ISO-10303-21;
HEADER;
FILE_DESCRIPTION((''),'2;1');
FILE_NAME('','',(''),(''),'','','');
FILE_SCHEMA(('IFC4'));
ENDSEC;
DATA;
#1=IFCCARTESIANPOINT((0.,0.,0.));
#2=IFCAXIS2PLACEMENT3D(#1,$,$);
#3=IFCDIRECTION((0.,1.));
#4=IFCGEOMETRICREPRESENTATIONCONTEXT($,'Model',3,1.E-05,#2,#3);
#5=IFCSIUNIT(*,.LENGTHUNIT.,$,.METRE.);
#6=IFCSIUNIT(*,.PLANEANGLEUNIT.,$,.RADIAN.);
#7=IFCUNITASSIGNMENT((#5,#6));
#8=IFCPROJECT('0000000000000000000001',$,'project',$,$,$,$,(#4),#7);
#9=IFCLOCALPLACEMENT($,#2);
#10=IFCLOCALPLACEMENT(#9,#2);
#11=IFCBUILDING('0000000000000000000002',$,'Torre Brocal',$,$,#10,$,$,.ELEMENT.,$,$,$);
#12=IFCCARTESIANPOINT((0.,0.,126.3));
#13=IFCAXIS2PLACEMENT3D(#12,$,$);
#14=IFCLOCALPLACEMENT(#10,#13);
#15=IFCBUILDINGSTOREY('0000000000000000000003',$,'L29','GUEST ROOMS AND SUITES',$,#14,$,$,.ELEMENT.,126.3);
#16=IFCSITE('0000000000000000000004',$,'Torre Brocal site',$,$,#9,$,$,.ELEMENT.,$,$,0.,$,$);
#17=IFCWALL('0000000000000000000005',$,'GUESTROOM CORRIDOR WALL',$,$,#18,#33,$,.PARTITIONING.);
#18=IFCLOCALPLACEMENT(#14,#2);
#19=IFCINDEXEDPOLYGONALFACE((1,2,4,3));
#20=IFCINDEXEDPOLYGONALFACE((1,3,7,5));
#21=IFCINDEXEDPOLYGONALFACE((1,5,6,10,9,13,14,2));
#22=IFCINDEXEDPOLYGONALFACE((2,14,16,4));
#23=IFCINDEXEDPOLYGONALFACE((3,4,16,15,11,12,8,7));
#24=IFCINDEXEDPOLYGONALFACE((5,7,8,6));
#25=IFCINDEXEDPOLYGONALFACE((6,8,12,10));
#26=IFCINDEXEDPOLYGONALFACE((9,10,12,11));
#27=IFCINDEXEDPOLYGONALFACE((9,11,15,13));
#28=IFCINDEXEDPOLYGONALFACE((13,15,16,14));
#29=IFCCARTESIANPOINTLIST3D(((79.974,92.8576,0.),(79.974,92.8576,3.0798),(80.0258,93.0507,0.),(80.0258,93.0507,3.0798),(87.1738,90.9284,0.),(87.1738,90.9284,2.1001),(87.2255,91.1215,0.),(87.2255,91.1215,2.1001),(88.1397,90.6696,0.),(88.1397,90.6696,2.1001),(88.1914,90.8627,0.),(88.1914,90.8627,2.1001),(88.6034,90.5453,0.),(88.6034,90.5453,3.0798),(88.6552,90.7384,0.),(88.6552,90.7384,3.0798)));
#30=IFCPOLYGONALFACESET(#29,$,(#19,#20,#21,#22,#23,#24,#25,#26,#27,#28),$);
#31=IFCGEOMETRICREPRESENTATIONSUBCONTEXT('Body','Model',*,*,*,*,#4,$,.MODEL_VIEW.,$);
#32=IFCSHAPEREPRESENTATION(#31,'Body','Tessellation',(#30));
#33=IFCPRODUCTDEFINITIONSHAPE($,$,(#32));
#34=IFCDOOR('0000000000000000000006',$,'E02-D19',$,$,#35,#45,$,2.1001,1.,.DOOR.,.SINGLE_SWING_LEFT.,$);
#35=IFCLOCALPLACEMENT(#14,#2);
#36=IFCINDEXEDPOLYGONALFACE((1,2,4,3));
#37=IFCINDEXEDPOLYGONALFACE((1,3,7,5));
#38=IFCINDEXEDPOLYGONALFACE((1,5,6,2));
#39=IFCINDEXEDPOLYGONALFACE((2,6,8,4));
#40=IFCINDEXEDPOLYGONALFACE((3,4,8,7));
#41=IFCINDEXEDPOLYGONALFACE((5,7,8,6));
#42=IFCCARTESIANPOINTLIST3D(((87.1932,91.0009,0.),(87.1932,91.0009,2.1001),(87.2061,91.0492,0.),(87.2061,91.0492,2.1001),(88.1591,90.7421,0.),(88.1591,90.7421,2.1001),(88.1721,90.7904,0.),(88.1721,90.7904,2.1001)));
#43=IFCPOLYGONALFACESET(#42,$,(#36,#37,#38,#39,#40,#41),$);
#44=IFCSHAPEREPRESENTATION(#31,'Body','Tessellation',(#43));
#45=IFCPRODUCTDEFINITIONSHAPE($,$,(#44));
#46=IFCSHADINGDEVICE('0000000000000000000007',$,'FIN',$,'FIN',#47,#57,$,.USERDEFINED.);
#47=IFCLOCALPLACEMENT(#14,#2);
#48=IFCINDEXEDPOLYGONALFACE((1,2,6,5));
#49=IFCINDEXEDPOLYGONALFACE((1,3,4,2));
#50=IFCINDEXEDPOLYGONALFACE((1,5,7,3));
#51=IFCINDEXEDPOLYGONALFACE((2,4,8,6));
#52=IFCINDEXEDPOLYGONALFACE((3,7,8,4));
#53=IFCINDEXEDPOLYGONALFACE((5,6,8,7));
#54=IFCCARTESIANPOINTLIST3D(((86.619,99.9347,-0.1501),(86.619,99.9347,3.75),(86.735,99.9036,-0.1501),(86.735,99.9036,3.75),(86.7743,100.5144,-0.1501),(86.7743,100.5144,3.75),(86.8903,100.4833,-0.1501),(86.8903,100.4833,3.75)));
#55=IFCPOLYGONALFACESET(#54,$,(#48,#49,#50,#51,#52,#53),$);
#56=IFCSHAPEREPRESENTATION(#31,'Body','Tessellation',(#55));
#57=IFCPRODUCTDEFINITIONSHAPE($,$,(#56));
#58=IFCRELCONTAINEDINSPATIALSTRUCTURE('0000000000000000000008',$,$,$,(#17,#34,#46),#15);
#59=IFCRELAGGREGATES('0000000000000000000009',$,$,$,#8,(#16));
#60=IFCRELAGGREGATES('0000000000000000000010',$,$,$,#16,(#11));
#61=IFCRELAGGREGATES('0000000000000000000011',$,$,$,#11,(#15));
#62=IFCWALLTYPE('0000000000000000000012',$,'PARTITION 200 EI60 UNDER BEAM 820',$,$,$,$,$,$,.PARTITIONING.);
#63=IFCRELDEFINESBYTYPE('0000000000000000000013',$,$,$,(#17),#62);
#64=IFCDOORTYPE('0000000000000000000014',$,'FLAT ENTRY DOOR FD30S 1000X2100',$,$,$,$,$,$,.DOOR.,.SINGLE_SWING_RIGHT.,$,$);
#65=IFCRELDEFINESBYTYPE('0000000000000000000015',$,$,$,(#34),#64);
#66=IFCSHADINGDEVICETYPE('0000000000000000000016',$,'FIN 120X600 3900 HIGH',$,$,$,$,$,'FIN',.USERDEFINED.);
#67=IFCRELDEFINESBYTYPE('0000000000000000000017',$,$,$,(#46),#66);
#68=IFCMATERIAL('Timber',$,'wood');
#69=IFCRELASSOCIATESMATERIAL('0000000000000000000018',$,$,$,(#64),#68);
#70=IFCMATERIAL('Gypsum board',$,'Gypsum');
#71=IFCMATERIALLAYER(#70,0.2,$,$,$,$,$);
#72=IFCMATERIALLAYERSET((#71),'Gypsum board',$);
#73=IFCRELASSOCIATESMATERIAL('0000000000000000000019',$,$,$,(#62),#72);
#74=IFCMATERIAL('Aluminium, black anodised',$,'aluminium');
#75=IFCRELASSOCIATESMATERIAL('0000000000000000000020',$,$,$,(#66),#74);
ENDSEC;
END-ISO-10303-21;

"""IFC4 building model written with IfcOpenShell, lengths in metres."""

from ifc_helpers import new_model, si_unit, direction, frame, frame_2d, origin, origin_2d, place, context, subcontext, project, spatial, rectangle, extrude, material, layer, layer_set, material_profile, profile_set, type_object, element, fill, save


model = new_model("IFC4")

# Units and contexts
model_context = context("Model", 3, precision=1e-05, world=origin(), true_north=direction((0.0, 1.0)))
body_context = subcontext(model_context, "Body", "Model", "MODEL_VIEW")
ifc_project = project(units=[si_unit("LENGTHUNIT", "METRE"), si_unit("PLANEANGLEUNIT", "RADIAN")], contexts=[model_context])

# Site, building, storey
site_placement = place(None, origin())
site = spatial("IfcSite", under=ifc_project, at=site_placement, Name="Torre Brocal site", CompositionType="ELEMENT", RefElevation=0.0)
building_placement = place(site_placement, origin())
building = spatial("IfcBuilding", under=site, at=building_placement, Name="Torre Brocal", CompositionType="ELEMENT")
storey_placement = place(building_placement, frame((0.0, 0.0, 126.3)))
storey = spatial("IfcBuildingStorey", under=building, at=storey_placement, Name="L29", Description="GUEST ROOMS AND SUITES", CompositionType="ELEMENT", Elevation=126.3)

# Shared definitions
ifc_material_1 = material(Name="Timber", Category="wood")
door_type_1 = type_object("IfcDoorType", Name="FLAT ENTRY DOOR FD30S 1000X2100", OperationType="SINGLE_SWING_RIGHT", PredefinedType="DOOR", material=ifc_material_1)

# Wall, opening, door
ifc_material_2 = material(Name="Gypsum board", Category="Gypsum")
ifc_layer_1 = layer(ifc_material_2, 0.2)
ifc_layer_set_1 = layer_set([ifc_layer_1], Name="Gypsum board")
wall_type_1 = type_object("IfcWallType", Name="PARTITION 200 EI60 UNDER BEAM 820", PredefinedType="PARTITIONING", material=ifc_layer_set_1)
wall_1_placement = place(storey_placement, frame((80.0, 92.9541, 0.0), z_axis=(0.0, 0.0, 1.0), x_axis=(0.965925, -0.258821, 0.0)))
wall_1 = element("IfcWall", 1, at=wall_1_placement, inside=storey, type_object=wall_type_1, Name="GUESTROOM CORRIDOR WALL", PredefinedType="PARTITIONING", context=body_context, shape_type="SweptSolid", body=[
    extrude(rectangle(XDim=8.9338, YDim=0.2, at=frame_2d((4.4668, 0.0))), origin(), (0.0, 0.0, 1.0), 3.0798),
])
opening_1_placement = place(wall_1_placement, frame((7.4536, 0.0, 0.0)))
opening_1 = element("IfcOpeningElement", 2, at=opening_1_placement, cuts=wall_1, PredefinedType="OPENING", context=body_context, shape_type="SweptSolid", body=[
    extrude(rectangle(XDim=1.0, YDim=2.1001, at=frame_2d((0.5, 1.05))), frame((0.0, 0.1099, 0.0), z_axis=(0.0, -1.0, 0.0), x_axis=(1.0, 0.0, 0.0)), (0.0, 0.0, 1.0), 0.22),
])
door_1_placement = place(opening_1_placement, frame((1.0, 0.0, 0.0), z_axis=(0.0, 0.0, 1.0), x_axis=(-1.0, 0.0, 0.0)))
door_1 = element("IfcDoor", 3, at=door_1_placement, inside=storey, type_object=door_type_1, Name="E02-D19", OperationType="SINGLE_SWING_LEFT", OverallHeight=2.1001, OverallWidth=1.0, PredefinedType="DOOR", context=body_context, shape_type="SweptSolid", body=[
    extrude(rectangle(XDim=1.0, YDim=2.1001, at=frame_2d((0.5, 1.05))), frame((0.0, 0.0249, 0.0), z_axis=(0.0, -1.0, 0.0), x_axis=(1.0, 0.0, 0.0)), (0.0, 0.0, 1.0), 0.05),
])
fill(opening_1, door_1)

# Shading device
ifc_material_3 = material(Name="Aluminium, black anodised", Category="aluminium")
ifc_material_profile_1 = material_profile(ifc_material_3, rectangle(XDim=0.1201, YDim=0.6001, at=origin_2d()), Name="FIN 120X600 3900 HIGH")
ifc_profile_set_1 = profile_set([ifc_material_profile_1], Name="Aluminium, black anodised")
shading_device_type = type_object("IfcShadingDeviceType", Name="FIN 120X600 3900 HIGH", ElementType="FIN", PredefinedType="USERDEFINED", material=ifc_profile_set_1)
shading_device_placement = place(storey_placement, frame((86.7546, 100.209, -0.1501), z_axis=(0.0, 0.0, 1.0), x_axis=(-0.965926, 0.258819, 0.0)))
element("IfcShadingDevice", 4, at=shading_device_placement, inside=storey, type_object=shading_device_type, Name="FIN", ObjectType="FIN", PredefinedType="USERDEFINED", context=body_context, shape_type="SweptSolid", body=[
    extrude(rectangle(XDim=0.1201, YDim=0.6001, at=origin_2d()), origin(), (0.0, 0.0, 1.0), 3.9001),
])

save(model, "model.ifc")
